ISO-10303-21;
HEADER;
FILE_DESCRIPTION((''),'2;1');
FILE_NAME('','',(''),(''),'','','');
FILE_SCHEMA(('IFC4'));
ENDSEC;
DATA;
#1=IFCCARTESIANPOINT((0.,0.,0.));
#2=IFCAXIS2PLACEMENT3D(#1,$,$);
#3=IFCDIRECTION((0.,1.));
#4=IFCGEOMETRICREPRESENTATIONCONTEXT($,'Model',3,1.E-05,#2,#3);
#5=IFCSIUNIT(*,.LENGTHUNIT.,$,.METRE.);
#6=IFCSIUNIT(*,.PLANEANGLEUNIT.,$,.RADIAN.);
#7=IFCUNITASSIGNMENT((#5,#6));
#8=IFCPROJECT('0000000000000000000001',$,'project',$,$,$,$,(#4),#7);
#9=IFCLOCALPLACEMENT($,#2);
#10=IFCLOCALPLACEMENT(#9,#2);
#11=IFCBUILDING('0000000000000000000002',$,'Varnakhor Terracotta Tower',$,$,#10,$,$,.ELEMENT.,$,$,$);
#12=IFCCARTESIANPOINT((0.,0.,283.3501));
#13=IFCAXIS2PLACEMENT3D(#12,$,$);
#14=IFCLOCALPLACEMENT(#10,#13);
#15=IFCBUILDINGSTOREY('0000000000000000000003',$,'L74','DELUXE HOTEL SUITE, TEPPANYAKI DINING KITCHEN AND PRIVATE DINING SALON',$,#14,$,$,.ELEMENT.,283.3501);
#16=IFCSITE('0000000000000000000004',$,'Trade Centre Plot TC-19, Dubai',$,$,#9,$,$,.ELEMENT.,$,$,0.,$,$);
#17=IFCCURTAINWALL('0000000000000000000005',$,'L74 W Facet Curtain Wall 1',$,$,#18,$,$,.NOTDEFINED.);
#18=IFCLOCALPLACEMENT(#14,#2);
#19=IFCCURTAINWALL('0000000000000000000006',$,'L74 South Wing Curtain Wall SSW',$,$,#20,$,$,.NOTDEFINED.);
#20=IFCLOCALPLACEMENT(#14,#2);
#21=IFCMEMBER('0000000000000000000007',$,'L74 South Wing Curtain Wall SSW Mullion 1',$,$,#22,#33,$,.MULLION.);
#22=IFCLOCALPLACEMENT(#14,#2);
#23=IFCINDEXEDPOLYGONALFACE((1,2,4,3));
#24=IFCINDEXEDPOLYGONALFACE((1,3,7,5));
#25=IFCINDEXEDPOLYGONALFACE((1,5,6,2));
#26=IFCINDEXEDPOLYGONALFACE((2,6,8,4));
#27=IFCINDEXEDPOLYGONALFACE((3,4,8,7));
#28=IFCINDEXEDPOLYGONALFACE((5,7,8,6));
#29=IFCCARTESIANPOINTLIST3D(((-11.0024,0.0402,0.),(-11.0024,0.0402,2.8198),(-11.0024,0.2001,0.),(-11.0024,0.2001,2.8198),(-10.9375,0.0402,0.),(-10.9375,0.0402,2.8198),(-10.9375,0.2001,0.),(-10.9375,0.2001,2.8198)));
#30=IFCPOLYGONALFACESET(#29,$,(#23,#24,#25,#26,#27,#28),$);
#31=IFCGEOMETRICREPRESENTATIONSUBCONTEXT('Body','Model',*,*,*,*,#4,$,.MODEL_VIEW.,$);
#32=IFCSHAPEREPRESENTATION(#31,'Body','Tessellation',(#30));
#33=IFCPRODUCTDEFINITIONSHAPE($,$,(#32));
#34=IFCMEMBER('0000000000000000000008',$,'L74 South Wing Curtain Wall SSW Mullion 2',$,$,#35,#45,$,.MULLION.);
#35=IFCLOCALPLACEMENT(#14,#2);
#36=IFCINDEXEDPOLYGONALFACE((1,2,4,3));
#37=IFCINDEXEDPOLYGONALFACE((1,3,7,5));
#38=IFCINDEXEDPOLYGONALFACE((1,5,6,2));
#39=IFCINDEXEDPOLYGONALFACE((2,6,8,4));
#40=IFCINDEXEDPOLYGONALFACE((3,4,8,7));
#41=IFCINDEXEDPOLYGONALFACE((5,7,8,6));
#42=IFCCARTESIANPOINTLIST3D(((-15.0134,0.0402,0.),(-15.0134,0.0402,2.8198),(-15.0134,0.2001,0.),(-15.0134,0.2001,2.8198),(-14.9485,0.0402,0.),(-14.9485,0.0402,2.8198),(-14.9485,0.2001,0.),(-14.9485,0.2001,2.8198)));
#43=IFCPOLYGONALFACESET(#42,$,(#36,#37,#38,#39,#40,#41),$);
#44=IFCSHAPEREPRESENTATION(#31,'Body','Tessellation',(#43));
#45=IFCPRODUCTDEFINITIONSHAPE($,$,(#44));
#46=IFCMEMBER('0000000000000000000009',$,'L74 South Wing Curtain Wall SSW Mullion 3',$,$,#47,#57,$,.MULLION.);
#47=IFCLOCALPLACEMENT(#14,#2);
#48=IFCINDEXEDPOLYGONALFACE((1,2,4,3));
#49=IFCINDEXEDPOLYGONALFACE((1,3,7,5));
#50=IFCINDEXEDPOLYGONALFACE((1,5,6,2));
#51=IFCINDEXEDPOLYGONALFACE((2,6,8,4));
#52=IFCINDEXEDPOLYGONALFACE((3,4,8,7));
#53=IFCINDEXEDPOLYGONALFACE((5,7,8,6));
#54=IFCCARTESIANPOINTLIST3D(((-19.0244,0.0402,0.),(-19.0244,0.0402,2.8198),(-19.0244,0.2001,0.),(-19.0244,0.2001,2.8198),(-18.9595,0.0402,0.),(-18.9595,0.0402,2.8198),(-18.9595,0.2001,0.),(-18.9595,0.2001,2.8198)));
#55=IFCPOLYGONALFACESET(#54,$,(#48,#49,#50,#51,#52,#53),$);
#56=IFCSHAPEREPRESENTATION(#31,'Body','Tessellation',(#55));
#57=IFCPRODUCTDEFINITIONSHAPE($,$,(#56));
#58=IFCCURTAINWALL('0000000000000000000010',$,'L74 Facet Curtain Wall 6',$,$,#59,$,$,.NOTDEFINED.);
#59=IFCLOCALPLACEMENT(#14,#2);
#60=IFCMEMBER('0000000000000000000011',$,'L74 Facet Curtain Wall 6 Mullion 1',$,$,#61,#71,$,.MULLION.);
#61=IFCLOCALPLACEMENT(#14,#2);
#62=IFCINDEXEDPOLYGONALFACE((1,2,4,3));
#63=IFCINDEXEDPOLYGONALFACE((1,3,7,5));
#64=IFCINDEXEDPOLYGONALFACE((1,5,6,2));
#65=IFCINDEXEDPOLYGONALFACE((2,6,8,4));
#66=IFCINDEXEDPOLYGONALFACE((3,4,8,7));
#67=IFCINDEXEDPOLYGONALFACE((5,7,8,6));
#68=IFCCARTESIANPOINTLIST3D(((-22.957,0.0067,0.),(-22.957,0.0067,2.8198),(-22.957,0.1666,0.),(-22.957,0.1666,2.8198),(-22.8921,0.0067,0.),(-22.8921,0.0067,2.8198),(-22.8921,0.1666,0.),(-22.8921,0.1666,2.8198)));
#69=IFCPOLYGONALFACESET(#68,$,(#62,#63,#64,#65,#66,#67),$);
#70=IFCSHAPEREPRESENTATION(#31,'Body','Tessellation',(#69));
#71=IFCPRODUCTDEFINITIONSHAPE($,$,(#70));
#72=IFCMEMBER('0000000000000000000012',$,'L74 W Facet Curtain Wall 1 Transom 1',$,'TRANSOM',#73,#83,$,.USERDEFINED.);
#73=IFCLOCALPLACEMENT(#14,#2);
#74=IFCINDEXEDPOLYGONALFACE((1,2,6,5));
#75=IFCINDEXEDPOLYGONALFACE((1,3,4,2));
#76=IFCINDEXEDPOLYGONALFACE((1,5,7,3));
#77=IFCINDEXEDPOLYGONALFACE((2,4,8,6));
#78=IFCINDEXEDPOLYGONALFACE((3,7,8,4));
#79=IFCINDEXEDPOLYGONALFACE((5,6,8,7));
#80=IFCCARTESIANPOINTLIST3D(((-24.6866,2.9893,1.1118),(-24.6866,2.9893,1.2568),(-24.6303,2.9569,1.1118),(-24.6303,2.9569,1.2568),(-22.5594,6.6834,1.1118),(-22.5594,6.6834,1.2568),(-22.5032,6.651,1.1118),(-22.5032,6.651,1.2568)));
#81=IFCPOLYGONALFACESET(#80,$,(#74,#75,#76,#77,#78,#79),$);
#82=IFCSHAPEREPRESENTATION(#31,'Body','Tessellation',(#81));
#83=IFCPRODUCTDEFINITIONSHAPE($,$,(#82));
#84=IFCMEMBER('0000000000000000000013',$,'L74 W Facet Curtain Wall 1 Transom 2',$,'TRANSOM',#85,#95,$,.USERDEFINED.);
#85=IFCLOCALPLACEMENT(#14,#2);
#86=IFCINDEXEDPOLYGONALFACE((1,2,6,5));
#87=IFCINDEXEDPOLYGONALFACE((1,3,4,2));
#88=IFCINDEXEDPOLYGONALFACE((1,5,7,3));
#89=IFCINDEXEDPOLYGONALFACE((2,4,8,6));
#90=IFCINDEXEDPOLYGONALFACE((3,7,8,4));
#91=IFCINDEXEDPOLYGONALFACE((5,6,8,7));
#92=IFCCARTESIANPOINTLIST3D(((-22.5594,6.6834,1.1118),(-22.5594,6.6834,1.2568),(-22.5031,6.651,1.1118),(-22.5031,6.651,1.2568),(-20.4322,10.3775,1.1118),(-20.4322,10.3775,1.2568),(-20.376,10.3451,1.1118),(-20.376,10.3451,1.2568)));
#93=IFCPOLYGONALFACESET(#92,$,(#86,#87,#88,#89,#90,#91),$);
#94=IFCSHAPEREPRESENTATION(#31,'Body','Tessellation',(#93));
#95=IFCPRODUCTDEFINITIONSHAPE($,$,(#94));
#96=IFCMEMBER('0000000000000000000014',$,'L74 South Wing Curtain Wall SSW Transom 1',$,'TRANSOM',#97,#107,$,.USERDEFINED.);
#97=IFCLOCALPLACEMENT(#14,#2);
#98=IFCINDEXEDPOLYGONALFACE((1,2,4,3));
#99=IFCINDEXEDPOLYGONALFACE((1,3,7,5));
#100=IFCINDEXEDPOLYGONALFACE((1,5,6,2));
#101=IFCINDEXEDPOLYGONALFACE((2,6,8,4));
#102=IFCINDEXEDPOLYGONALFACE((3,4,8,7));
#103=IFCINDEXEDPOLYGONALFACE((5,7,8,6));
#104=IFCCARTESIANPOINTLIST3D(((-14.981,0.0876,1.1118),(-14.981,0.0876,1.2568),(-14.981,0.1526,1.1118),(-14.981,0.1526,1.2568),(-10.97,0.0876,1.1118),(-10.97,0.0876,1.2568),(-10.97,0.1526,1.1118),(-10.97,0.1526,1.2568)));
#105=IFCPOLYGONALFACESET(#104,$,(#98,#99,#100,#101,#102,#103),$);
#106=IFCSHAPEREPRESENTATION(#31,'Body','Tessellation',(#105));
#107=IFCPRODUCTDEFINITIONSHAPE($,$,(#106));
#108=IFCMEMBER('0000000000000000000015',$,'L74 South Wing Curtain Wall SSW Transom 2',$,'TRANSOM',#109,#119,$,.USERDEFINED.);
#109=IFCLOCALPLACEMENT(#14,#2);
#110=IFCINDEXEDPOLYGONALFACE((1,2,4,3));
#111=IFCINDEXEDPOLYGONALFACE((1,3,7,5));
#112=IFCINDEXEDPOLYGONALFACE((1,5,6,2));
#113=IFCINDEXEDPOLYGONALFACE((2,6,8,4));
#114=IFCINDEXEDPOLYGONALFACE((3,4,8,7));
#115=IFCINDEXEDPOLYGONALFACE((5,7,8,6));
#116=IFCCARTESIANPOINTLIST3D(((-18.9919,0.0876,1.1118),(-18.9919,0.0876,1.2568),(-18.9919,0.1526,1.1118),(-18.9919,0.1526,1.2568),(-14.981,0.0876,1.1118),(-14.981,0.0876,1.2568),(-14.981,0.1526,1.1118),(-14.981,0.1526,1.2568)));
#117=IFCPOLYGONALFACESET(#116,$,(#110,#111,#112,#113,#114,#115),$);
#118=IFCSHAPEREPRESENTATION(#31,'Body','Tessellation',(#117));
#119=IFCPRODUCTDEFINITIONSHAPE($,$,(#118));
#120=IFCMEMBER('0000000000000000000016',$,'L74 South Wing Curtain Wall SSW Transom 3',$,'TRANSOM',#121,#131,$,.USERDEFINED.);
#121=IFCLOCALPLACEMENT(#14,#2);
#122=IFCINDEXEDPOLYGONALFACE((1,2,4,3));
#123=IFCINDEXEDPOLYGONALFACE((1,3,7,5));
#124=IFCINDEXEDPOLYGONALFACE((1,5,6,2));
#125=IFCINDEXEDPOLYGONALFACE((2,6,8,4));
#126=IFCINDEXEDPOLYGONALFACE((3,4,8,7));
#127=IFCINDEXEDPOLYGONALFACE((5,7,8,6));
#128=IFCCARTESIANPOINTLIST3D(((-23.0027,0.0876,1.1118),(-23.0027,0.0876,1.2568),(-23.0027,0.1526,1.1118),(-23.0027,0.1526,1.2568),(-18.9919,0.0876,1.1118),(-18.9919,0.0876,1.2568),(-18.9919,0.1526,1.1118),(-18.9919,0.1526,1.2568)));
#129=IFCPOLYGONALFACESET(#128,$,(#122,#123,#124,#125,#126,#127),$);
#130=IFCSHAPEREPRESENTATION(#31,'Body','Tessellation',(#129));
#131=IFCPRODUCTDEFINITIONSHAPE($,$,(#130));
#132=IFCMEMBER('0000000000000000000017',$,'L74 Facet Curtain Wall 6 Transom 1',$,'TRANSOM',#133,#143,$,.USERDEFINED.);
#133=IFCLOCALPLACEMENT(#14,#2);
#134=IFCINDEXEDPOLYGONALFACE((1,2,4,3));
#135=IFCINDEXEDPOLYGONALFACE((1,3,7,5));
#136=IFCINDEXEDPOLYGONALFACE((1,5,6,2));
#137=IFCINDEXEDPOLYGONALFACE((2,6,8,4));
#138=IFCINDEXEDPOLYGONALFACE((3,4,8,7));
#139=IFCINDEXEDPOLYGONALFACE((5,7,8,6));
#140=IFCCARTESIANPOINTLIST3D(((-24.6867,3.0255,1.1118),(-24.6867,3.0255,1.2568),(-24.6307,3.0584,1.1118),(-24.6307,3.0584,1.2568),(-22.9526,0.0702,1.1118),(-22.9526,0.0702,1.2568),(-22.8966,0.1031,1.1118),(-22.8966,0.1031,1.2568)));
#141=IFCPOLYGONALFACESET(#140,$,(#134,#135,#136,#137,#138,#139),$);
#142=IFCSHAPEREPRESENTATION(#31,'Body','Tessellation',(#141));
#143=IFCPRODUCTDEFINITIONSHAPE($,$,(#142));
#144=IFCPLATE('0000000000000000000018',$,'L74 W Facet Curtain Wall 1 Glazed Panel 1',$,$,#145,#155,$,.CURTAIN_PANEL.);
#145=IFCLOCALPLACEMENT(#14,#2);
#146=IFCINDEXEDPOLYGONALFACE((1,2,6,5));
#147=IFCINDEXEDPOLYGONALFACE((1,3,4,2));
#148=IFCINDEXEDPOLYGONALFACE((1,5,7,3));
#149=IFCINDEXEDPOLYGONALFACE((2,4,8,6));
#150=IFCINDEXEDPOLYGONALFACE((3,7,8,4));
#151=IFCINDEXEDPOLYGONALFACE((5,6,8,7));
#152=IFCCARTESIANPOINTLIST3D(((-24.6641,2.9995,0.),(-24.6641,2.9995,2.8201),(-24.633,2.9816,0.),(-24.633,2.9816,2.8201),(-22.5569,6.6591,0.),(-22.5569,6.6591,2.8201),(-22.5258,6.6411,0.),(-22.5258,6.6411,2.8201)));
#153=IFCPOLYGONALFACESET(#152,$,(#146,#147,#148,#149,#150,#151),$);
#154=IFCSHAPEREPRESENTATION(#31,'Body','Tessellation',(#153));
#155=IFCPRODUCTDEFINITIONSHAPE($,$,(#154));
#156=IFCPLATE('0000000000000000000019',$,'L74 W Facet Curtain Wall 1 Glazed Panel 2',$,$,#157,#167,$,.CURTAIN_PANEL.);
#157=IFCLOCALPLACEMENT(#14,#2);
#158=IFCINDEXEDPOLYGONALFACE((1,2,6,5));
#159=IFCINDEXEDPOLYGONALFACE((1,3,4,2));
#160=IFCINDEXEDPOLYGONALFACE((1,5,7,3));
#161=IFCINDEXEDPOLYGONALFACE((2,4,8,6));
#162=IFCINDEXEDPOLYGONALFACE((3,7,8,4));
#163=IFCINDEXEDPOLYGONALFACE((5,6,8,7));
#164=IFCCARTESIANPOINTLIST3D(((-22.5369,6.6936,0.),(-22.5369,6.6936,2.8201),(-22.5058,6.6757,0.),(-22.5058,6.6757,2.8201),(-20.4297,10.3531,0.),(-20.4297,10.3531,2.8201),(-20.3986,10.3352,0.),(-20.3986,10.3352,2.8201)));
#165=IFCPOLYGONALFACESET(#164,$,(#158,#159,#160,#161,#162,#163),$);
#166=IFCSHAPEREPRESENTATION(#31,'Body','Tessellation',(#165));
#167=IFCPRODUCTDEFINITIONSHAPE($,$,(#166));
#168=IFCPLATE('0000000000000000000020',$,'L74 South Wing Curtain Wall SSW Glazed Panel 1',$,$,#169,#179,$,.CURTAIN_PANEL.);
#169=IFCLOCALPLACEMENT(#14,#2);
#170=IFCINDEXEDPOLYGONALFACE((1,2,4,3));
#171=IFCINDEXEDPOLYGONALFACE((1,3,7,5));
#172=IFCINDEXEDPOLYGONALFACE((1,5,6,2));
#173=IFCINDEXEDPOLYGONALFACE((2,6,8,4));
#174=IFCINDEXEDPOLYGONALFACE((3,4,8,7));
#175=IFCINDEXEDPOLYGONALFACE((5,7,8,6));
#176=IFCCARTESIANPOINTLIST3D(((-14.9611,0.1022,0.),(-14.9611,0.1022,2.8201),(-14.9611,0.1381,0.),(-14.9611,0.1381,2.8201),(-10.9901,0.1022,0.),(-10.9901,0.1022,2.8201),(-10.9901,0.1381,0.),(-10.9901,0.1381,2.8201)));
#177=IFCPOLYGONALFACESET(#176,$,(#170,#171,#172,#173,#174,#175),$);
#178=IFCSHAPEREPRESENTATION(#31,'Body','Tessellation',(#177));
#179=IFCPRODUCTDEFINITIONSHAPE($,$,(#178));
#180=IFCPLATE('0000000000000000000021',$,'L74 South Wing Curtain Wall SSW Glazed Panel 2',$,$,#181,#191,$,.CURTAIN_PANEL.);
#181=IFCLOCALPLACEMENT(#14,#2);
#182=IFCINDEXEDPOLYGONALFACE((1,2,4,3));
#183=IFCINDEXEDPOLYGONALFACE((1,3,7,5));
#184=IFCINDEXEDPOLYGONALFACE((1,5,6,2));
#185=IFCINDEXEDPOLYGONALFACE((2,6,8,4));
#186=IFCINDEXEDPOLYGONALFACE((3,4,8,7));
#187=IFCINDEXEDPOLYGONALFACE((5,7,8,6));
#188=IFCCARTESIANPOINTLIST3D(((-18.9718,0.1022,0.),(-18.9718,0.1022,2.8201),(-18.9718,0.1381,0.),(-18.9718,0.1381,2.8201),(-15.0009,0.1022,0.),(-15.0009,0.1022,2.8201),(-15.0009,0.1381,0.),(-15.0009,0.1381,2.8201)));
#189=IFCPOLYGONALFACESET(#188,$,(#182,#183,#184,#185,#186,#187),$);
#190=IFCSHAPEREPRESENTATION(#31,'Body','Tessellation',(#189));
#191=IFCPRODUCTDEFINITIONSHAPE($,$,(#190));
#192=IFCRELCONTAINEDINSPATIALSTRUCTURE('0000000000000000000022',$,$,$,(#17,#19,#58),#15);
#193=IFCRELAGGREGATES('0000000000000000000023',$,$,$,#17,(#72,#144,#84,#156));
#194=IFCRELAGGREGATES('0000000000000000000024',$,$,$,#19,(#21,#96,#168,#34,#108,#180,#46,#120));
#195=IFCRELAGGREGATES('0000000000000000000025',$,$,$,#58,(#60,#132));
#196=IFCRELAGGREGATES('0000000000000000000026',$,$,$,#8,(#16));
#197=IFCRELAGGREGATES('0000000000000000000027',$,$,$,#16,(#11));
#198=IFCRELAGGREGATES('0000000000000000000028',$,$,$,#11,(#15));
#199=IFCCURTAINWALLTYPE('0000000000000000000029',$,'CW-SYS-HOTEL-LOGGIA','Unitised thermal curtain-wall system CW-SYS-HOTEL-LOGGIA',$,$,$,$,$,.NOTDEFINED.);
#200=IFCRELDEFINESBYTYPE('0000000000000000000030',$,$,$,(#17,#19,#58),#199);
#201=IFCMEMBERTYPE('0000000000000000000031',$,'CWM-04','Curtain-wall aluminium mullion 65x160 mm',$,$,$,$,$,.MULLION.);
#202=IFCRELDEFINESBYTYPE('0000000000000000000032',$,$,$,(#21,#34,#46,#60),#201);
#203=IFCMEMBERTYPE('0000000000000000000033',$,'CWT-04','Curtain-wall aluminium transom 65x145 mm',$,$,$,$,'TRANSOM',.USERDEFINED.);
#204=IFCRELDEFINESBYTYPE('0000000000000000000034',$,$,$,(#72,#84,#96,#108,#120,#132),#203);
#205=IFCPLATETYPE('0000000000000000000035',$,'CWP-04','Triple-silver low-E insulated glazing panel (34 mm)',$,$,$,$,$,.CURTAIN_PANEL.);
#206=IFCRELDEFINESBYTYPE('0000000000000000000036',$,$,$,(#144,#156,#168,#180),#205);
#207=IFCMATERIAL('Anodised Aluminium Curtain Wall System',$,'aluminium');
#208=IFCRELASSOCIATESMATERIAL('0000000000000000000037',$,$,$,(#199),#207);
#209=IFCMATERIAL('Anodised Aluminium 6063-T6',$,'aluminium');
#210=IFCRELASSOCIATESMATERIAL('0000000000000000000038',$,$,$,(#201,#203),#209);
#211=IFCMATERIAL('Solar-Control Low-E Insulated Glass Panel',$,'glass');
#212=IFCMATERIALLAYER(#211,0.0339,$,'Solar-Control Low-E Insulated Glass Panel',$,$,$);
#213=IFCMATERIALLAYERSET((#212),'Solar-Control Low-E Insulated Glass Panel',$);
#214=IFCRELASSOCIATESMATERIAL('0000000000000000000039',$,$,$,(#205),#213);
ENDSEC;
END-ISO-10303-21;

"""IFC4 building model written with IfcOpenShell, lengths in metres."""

from ifc_helpers import new_model, si_unit, direction, frame, origin, origin_2d, place, context, subcontext, project, spatial, rectangle, extrude, source, transform, mapped, material, layer, layer_set, material_profile, profile_set, type_object, element, aggregate, save


model = new_model("IFC4")

# Units and contexts
model_context = context("Model", 3, precision=1e-05, world=origin(), true_north=direction((0.0, 1.0)))
body_context = subcontext(model_context, "Body", "Model", "MODEL_VIEW")
ifc_project = project(units=[si_unit("LENGTHUNIT", "METRE"), si_unit("PLANEANGLEUNIT", "RADIAN")], contexts=[model_context])

# Site, building, storey
site_placement = place(None, origin())
site = spatial("IfcSite", under=ifc_project, at=site_placement, Name="Trade Centre Plot TC-19, Dubai", CompositionType="ELEMENT", RefElevation=0.0)
building_placement = place(site_placement, origin())
building = spatial("IfcBuilding", under=site, at=building_placement, Name="Varnakhor Terracotta Tower", CompositionType="ELEMENT")
storey_placement = place(building_placement, frame((0.0, 0.0, 283.3501)))
storey = spatial("IfcBuildingStorey", under=building, at=storey_placement, Name="L74", Description="DELUXE HOTEL SUITE, TEPPANYAKI DINING KITCHEN AND PRIVATE DINING SALON", CompositionType="ELEMENT", Elevation=283.3501)

# Curtain walls, members
ifc_material_1 = material(Name="Anodised Aluminium Curtain Wall System", Category="aluminium")
curtain_wall_type = type_object("IfcCurtainWallType", Name="CW-SYS-HOTEL-LOGGIA", Description="Unitised thermal curtain-wall system CW-SYS-HOTEL-LOGGIA", PredefinedType="NOTDEFINED", material=ifc_material_1)
curtain_wall_1_placement = place(storey_placement, origin())
curtain_wall_1 = element("IfcCurtainWall", 1, at=curtain_wall_1_placement, inside=storey, type_object=curtain_wall_type, Name="L74 W Facet Curtain Wall 1", PredefinedType="NOTDEFINED")
ifc_material_2 = material(Name="Anodised Aluminium 6063-T6", Category="aluminium")
ifc_material_profile_1 = material_profile(ifc_material_2, rectangle(XDim=0.0649, YDim=0.1599, at=origin_2d()), Name="ALU MULLION 65x160")
ifc_profile_set_1 = profile_set([ifc_material_profile_1], Name="Anodised Aluminium 6063-T6")
member_type_1 = type_object("IfcMemberType", Name="CWM-04", Description="Curtain-wall aluminium mullion 65x160 mm", PredefinedType="MULLION", material=ifc_profile_set_1)
shared_shape_1 = source(origin(), body_context, "Body", "SweptSolid", [
    extrude(rectangle(XDim=0.0649, YDim=0.1599, at=origin_2d()), origin(), (0.0, 0.0, 1.0), 2.8198),
])
curtain_wall_2_placement = place(storey_placement, origin())
curtain_wall_2 = element("IfcCurtainWall", 2, at=curtain_wall_2_placement, inside=storey, type_object=curtain_wall_type, Name="L74 South Wing Curtain Wall SSW", PredefinedType="NOTDEFINED")
member_1_placement = place(storey_placement, frame((-10.97, 0.1201, 0.0), z_axis=(0.0, 0.0, 1.0), x_axis=(1.0, 0.0, 0.0)))
member_1 = element("IfcMember", 3, at=member_1_placement, type_object=member_type_1, Name="L74 South Wing Curtain Wall SSW Mullion 1", PredefinedType="MULLION", context=body_context, shape_type="MappedRepresentation", body=[
    mapped(shared_shape_1, transform((0.0, 0.0, 0.0), scale=1.0)),
])
member_2_placement = place(storey_placement, frame((-14.981, 0.1201, 0.0), z_axis=(0.0, 0.0, 1.0), x_axis=(1.0, 0.0, 0.0)))
member_2 = element("IfcMember", 4, at=member_2_placement, type_object=member_type_1, Name="L74 South Wing Curtain Wall SSW Mullion 2", PredefinedType="MULLION", context=body_context, shape_type="MappedRepresentation", body=[
    mapped(shared_shape_1, transform((0.0, 0.0, 0.0), scale=1.0)),
])
member_3_placement = place(storey_placement, frame((-18.9919, 0.1201, 0.0), z_axis=(0.0, 0.0, 1.0), x_axis=(1.0, 0.0, 0.0)))
member_3 = element("IfcMember", 5, at=member_3_placement, type_object=member_type_1, Name="L74 South Wing Curtain Wall SSW Mullion 3", PredefinedType="MULLION", context=body_context, shape_type="MappedRepresentation", body=[
    mapped(shared_shape_1, transform((0.0, 0.0, 0.0), scale=1.0)),
])

# Curtain wall, member
curtain_wall_3_placement = place(storey_placement, origin())
curtain_wall_3 = element("IfcCurtainWall", 6, at=curtain_wall_3_placement, inside=storey, type_object=curtain_wall_type, Name="L74 Facet Curtain Wall 6", PredefinedType="NOTDEFINED")
member_4_placement = place(storey_placement, frame((-22.9246, 0.0867, 0.0), z_axis=(0.0, 0.0, 1.0), x_axis=(1.0, 0.0, 0.0)))
member_4 = element("IfcMember", 7, at=member_4_placement, type_object=member_type_1, Name="L74 Facet Curtain Wall 6 Mullion 1", PredefinedType="MULLION", context=body_context, shape_type="MappedRepresentation", body=[
    mapped(shared_shape_1, transform((0.0, 0.0, 0.0), scale=1.0)),
])

# Members
ifc_material_profile_2 = material_profile(ifc_material_2, rectangle(XDim=0.0649, YDim=0.145, at=origin_2d()), Name="ALU TRANSOM 65x145")
ifc_profile_set_2 = profile_set([ifc_material_profile_2], Name="Anodised Aluminium 6063-T6")
member_type_2 = type_object("IfcMemberType", Name="CWT-04", Description="Curtain-wall aluminium transom 65x145 mm", ElementType="TRANSOM", PredefinedType="USERDEFINED", material=ifc_profile_set_2)
shared_shape_2 = source(origin(), body_context, "Body", "SweptSolid", [
    extrude(rectangle(XDim=0.0649, YDim=0.145, at=origin_2d()), origin(), (0.0, 0.0, 1.0), 4.2627),
])
member_5_placement = place(storey_placement, frame((-24.6584, 2.9731, 1.1843), z_axis=(0.499017, 0.866592, 0.0), x_axis=(-0.866592, 0.499017, 0.0)))
member_5 = element("IfcMember", 8, at=member_5_placement, type_object=member_type_2, Name="L74 W Facet Curtain Wall 1 Transom 1", ObjectType="TRANSOM", PredefinedType="USERDEFINED", context=body_context, shape_type="MappedRepresentation", body=[
    mapped(shared_shape_2, transform((0.0, 0.0, 0.0), scale=1.0)),
])
member_6_placement = place(storey_placement, frame((-22.5312, 6.6672, 1.1843), z_axis=(0.499017, 0.866592, 0.0), x_axis=(-0.866592, 0.499017, 0.0)))
member_6 = element("IfcMember", 9, at=member_6_placement, type_object=member_type_2, Name="L74 W Facet Curtain Wall 1 Transom 2", ObjectType="TRANSOM", PredefinedType="USERDEFINED", context=body_context, shape_type="MappedRepresentation", body=[
    mapped(shared_shape_2, transform((0.0, 0.0, 0.0), scale=1.0)),
])
shared_shape_3 = source(origin(), body_context, "Body", "SweptSolid", [
    extrude(rectangle(XDim=0.0649, YDim=0.145, at=origin_2d()), origin(), (0.0, 0.0, 1.0), 4.011),
])
member_7_placement = place(storey_placement, frame((-10.97, 0.1201, 1.1843), z_axis=(-1.0, 0.0, 0.0), x_axis=(0.0, -1.0, 0.0)))
member_7 = element("IfcMember", 10, at=member_7_placement, type_object=member_type_2, Name="L74 South Wing Curtain Wall SSW Transom 1", ObjectType="TRANSOM", PredefinedType="USERDEFINED", context=body_context, shape_type="MappedRepresentation", body=[
    mapped(shared_shape_3, transform((0.0, 0.0, 0.0), scale=1.0)),
])
member_8_placement = place(storey_placement, frame((-14.981, 0.1201, 1.1843), z_axis=(-1.0, 0.0, 0.0), x_axis=(0.0, -1.0, 0.0)))
member_8 = element("IfcMember", 11, at=member_8_placement, type_object=member_type_2, Name="L74 South Wing Curtain Wall SSW Transom 2", ObjectType="TRANSOM", PredefinedType="USERDEFINED", context=body_context, shape_type="MappedRepresentation", body=[
    mapped(shared_shape_3, transform((0.0, 0.0, 0.0), scale=1.0)),
])
shared_shape_4 = source(origin(), body_context, "Body", "SweptSolid", [
    extrude(rectangle(XDim=0.0649, YDim=0.145, at=origin_2d()), origin(), (0.0, 0.0, 1.0), 4.0107),
])
member_9_placement = place(storey_placement, frame((-18.9919, 0.1201, 1.1843), z_axis=(-1.0, 0.0, 0.0), x_axis=(0.0, -1.0, 0.0)))
member_9 = element("IfcMember", 12, at=member_9_placement, type_object=member_type_2, Name="L74 South Wing Curtain Wall SSW Transom 3", ObjectType="TRANSOM", PredefinedType="USERDEFINED", context=body_context, shape_type="MappedRepresentation", body=[
    mapped(shared_shape_4, transform((0.0, 0.0, 0.0), scale=1.0)),
])
shared_shape_5 = source(origin(), body_context, "Body", "SweptSolid", [
    extrude(rectangle(XDim=0.0649, YDim=0.145, at=origin_2d()), origin(), (0.0, 0.0, 1.0), 3.4265),
])
member_10_placement = place(storey_placement, frame((-22.9246, 0.0867, 1.1843), z_axis=(-0.506089, 0.862481, 0.0), x_axis=(-0.862481, -0.506089, 0.0)))
member_10 = element("IfcMember", 13, at=member_10_placement, type_object=member_type_2, Name="L74 Facet Curtain Wall 6 Transom 1", ObjectType="TRANSOM", PredefinedType="USERDEFINED", context=body_context, shape_type="MappedRepresentation", body=[
    mapped(shared_shape_5, transform((0.0, 0.0, 0.0), scale=1.0)),
])

# Plates
ifc_material_3 = material(Name="Solar-Control Low-E Insulated Glass Panel", Category="glass")
ifc_layer_1 = layer(ifc_material_3, 0.0339, Name="Solar-Control Low-E Insulated Glass Panel")
ifc_layer_set_1 = layer_set([ifc_layer_1], Name="Solar-Control Low-E Insulated Glass Panel")
plate_type = type_object("IfcPlateType", Name="CWP-04", Description="Triple-silver low-E insulated glazing panel (34 mm)", PredefinedType="CURTAIN_PANEL", material=ifc_layer_set_1)
shared_shape_6 = source(origin(), body_context, "Body", "SweptSolid", [
    extrude(rectangle(XDim=4.2229, YDim=0.0359, at=origin_2d()), origin(), (0.0, 0.0, 1.0), 2.8201),
])
plate_1_placement = place(storey_placement, frame((-23.595, 4.8203, 0.0), z_axis=(0.0, 0.0, 1.0), x_axis=(0.499002, 0.866601, 0.0)))
plate_1 = element("IfcPlate", 14, at=plate_1_placement, type_object=plate_type, Name="L74 W Facet Curtain Wall 1 Glazed Panel 1", PredefinedType="CURTAIN_PANEL", context=body_context, shape_type="MappedRepresentation", body=[
    mapped(shared_shape_6, transform((0.0, 0.0, 0.0), scale=1.0)),
])
plate_2_placement = place(storey_placement, frame((-21.4678, 8.5144, 0.0), z_axis=(0.0, 0.0, 1.0), x_axis=(0.499002, 0.866601, 0.0)))
plate_2 = element("IfcPlate", 15, at=plate_2_placement, type_object=plate_type, Name="L74 W Facet Curtain Wall 1 Glazed Panel 2", PredefinedType="CURTAIN_PANEL", context=body_context, shape_type="MappedRepresentation", body=[
    mapped(shared_shape_6, transform((0.0, 0.0, 0.0), scale=1.0)),
])
aggregate(curtain_wall_1, [member_5, plate_1, member_6, plate_2])
shared_shape_7 = source(origin(), body_context, "Body", "SweptSolid", [
    extrude(rectangle(XDim=3.9709, YDim=0.0359, at=origin_2d()), origin(), (0.0, 0.0, 1.0), 2.8201),
])
plate_3_placement = place(storey_placement, frame((-12.9756, 0.1201, 0.0), z_axis=(0.0, 0.0, 1.0), x_axis=(-1.0, 0.0, 0.0)))
plate_3 = element("IfcPlate", 16, at=plate_3_placement, type_object=plate_type, Name="L74 South Wing Curtain Wall SSW Glazed Panel 1", PredefinedType="CURTAIN_PANEL", context=body_context, shape_type="MappedRepresentation", body=[
    mapped(shared_shape_7, transform((0.0, 0.0, 0.0), scale=1.0)),
])
plate_4_placement = place(storey_placement, frame((-16.9863, 0.1201, 0.0), z_axis=(0.0, 0.0, 1.0), x_axis=(-1.0, 0.0, 0.0)))
plate_4 = element("IfcPlate", 17, at=plate_4_placement, type_object=plate_type, Name="L74 South Wing Curtain Wall SSW Glazed Panel 2", PredefinedType="CURTAIN_PANEL", context=body_context, shape_type="MappedRepresentation", body=[
    mapped(shared_shape_7, transform((0.0, 0.0, 0.0), scale=1.0)),
])
aggregate(curtain_wall_2, [member_1, member_7, plate_3, member_2, member_8, plate_4, member_3, member_9])
aggregate(curtain_wall_3, [member_4, member_10])

save(model, "model.ifc")
